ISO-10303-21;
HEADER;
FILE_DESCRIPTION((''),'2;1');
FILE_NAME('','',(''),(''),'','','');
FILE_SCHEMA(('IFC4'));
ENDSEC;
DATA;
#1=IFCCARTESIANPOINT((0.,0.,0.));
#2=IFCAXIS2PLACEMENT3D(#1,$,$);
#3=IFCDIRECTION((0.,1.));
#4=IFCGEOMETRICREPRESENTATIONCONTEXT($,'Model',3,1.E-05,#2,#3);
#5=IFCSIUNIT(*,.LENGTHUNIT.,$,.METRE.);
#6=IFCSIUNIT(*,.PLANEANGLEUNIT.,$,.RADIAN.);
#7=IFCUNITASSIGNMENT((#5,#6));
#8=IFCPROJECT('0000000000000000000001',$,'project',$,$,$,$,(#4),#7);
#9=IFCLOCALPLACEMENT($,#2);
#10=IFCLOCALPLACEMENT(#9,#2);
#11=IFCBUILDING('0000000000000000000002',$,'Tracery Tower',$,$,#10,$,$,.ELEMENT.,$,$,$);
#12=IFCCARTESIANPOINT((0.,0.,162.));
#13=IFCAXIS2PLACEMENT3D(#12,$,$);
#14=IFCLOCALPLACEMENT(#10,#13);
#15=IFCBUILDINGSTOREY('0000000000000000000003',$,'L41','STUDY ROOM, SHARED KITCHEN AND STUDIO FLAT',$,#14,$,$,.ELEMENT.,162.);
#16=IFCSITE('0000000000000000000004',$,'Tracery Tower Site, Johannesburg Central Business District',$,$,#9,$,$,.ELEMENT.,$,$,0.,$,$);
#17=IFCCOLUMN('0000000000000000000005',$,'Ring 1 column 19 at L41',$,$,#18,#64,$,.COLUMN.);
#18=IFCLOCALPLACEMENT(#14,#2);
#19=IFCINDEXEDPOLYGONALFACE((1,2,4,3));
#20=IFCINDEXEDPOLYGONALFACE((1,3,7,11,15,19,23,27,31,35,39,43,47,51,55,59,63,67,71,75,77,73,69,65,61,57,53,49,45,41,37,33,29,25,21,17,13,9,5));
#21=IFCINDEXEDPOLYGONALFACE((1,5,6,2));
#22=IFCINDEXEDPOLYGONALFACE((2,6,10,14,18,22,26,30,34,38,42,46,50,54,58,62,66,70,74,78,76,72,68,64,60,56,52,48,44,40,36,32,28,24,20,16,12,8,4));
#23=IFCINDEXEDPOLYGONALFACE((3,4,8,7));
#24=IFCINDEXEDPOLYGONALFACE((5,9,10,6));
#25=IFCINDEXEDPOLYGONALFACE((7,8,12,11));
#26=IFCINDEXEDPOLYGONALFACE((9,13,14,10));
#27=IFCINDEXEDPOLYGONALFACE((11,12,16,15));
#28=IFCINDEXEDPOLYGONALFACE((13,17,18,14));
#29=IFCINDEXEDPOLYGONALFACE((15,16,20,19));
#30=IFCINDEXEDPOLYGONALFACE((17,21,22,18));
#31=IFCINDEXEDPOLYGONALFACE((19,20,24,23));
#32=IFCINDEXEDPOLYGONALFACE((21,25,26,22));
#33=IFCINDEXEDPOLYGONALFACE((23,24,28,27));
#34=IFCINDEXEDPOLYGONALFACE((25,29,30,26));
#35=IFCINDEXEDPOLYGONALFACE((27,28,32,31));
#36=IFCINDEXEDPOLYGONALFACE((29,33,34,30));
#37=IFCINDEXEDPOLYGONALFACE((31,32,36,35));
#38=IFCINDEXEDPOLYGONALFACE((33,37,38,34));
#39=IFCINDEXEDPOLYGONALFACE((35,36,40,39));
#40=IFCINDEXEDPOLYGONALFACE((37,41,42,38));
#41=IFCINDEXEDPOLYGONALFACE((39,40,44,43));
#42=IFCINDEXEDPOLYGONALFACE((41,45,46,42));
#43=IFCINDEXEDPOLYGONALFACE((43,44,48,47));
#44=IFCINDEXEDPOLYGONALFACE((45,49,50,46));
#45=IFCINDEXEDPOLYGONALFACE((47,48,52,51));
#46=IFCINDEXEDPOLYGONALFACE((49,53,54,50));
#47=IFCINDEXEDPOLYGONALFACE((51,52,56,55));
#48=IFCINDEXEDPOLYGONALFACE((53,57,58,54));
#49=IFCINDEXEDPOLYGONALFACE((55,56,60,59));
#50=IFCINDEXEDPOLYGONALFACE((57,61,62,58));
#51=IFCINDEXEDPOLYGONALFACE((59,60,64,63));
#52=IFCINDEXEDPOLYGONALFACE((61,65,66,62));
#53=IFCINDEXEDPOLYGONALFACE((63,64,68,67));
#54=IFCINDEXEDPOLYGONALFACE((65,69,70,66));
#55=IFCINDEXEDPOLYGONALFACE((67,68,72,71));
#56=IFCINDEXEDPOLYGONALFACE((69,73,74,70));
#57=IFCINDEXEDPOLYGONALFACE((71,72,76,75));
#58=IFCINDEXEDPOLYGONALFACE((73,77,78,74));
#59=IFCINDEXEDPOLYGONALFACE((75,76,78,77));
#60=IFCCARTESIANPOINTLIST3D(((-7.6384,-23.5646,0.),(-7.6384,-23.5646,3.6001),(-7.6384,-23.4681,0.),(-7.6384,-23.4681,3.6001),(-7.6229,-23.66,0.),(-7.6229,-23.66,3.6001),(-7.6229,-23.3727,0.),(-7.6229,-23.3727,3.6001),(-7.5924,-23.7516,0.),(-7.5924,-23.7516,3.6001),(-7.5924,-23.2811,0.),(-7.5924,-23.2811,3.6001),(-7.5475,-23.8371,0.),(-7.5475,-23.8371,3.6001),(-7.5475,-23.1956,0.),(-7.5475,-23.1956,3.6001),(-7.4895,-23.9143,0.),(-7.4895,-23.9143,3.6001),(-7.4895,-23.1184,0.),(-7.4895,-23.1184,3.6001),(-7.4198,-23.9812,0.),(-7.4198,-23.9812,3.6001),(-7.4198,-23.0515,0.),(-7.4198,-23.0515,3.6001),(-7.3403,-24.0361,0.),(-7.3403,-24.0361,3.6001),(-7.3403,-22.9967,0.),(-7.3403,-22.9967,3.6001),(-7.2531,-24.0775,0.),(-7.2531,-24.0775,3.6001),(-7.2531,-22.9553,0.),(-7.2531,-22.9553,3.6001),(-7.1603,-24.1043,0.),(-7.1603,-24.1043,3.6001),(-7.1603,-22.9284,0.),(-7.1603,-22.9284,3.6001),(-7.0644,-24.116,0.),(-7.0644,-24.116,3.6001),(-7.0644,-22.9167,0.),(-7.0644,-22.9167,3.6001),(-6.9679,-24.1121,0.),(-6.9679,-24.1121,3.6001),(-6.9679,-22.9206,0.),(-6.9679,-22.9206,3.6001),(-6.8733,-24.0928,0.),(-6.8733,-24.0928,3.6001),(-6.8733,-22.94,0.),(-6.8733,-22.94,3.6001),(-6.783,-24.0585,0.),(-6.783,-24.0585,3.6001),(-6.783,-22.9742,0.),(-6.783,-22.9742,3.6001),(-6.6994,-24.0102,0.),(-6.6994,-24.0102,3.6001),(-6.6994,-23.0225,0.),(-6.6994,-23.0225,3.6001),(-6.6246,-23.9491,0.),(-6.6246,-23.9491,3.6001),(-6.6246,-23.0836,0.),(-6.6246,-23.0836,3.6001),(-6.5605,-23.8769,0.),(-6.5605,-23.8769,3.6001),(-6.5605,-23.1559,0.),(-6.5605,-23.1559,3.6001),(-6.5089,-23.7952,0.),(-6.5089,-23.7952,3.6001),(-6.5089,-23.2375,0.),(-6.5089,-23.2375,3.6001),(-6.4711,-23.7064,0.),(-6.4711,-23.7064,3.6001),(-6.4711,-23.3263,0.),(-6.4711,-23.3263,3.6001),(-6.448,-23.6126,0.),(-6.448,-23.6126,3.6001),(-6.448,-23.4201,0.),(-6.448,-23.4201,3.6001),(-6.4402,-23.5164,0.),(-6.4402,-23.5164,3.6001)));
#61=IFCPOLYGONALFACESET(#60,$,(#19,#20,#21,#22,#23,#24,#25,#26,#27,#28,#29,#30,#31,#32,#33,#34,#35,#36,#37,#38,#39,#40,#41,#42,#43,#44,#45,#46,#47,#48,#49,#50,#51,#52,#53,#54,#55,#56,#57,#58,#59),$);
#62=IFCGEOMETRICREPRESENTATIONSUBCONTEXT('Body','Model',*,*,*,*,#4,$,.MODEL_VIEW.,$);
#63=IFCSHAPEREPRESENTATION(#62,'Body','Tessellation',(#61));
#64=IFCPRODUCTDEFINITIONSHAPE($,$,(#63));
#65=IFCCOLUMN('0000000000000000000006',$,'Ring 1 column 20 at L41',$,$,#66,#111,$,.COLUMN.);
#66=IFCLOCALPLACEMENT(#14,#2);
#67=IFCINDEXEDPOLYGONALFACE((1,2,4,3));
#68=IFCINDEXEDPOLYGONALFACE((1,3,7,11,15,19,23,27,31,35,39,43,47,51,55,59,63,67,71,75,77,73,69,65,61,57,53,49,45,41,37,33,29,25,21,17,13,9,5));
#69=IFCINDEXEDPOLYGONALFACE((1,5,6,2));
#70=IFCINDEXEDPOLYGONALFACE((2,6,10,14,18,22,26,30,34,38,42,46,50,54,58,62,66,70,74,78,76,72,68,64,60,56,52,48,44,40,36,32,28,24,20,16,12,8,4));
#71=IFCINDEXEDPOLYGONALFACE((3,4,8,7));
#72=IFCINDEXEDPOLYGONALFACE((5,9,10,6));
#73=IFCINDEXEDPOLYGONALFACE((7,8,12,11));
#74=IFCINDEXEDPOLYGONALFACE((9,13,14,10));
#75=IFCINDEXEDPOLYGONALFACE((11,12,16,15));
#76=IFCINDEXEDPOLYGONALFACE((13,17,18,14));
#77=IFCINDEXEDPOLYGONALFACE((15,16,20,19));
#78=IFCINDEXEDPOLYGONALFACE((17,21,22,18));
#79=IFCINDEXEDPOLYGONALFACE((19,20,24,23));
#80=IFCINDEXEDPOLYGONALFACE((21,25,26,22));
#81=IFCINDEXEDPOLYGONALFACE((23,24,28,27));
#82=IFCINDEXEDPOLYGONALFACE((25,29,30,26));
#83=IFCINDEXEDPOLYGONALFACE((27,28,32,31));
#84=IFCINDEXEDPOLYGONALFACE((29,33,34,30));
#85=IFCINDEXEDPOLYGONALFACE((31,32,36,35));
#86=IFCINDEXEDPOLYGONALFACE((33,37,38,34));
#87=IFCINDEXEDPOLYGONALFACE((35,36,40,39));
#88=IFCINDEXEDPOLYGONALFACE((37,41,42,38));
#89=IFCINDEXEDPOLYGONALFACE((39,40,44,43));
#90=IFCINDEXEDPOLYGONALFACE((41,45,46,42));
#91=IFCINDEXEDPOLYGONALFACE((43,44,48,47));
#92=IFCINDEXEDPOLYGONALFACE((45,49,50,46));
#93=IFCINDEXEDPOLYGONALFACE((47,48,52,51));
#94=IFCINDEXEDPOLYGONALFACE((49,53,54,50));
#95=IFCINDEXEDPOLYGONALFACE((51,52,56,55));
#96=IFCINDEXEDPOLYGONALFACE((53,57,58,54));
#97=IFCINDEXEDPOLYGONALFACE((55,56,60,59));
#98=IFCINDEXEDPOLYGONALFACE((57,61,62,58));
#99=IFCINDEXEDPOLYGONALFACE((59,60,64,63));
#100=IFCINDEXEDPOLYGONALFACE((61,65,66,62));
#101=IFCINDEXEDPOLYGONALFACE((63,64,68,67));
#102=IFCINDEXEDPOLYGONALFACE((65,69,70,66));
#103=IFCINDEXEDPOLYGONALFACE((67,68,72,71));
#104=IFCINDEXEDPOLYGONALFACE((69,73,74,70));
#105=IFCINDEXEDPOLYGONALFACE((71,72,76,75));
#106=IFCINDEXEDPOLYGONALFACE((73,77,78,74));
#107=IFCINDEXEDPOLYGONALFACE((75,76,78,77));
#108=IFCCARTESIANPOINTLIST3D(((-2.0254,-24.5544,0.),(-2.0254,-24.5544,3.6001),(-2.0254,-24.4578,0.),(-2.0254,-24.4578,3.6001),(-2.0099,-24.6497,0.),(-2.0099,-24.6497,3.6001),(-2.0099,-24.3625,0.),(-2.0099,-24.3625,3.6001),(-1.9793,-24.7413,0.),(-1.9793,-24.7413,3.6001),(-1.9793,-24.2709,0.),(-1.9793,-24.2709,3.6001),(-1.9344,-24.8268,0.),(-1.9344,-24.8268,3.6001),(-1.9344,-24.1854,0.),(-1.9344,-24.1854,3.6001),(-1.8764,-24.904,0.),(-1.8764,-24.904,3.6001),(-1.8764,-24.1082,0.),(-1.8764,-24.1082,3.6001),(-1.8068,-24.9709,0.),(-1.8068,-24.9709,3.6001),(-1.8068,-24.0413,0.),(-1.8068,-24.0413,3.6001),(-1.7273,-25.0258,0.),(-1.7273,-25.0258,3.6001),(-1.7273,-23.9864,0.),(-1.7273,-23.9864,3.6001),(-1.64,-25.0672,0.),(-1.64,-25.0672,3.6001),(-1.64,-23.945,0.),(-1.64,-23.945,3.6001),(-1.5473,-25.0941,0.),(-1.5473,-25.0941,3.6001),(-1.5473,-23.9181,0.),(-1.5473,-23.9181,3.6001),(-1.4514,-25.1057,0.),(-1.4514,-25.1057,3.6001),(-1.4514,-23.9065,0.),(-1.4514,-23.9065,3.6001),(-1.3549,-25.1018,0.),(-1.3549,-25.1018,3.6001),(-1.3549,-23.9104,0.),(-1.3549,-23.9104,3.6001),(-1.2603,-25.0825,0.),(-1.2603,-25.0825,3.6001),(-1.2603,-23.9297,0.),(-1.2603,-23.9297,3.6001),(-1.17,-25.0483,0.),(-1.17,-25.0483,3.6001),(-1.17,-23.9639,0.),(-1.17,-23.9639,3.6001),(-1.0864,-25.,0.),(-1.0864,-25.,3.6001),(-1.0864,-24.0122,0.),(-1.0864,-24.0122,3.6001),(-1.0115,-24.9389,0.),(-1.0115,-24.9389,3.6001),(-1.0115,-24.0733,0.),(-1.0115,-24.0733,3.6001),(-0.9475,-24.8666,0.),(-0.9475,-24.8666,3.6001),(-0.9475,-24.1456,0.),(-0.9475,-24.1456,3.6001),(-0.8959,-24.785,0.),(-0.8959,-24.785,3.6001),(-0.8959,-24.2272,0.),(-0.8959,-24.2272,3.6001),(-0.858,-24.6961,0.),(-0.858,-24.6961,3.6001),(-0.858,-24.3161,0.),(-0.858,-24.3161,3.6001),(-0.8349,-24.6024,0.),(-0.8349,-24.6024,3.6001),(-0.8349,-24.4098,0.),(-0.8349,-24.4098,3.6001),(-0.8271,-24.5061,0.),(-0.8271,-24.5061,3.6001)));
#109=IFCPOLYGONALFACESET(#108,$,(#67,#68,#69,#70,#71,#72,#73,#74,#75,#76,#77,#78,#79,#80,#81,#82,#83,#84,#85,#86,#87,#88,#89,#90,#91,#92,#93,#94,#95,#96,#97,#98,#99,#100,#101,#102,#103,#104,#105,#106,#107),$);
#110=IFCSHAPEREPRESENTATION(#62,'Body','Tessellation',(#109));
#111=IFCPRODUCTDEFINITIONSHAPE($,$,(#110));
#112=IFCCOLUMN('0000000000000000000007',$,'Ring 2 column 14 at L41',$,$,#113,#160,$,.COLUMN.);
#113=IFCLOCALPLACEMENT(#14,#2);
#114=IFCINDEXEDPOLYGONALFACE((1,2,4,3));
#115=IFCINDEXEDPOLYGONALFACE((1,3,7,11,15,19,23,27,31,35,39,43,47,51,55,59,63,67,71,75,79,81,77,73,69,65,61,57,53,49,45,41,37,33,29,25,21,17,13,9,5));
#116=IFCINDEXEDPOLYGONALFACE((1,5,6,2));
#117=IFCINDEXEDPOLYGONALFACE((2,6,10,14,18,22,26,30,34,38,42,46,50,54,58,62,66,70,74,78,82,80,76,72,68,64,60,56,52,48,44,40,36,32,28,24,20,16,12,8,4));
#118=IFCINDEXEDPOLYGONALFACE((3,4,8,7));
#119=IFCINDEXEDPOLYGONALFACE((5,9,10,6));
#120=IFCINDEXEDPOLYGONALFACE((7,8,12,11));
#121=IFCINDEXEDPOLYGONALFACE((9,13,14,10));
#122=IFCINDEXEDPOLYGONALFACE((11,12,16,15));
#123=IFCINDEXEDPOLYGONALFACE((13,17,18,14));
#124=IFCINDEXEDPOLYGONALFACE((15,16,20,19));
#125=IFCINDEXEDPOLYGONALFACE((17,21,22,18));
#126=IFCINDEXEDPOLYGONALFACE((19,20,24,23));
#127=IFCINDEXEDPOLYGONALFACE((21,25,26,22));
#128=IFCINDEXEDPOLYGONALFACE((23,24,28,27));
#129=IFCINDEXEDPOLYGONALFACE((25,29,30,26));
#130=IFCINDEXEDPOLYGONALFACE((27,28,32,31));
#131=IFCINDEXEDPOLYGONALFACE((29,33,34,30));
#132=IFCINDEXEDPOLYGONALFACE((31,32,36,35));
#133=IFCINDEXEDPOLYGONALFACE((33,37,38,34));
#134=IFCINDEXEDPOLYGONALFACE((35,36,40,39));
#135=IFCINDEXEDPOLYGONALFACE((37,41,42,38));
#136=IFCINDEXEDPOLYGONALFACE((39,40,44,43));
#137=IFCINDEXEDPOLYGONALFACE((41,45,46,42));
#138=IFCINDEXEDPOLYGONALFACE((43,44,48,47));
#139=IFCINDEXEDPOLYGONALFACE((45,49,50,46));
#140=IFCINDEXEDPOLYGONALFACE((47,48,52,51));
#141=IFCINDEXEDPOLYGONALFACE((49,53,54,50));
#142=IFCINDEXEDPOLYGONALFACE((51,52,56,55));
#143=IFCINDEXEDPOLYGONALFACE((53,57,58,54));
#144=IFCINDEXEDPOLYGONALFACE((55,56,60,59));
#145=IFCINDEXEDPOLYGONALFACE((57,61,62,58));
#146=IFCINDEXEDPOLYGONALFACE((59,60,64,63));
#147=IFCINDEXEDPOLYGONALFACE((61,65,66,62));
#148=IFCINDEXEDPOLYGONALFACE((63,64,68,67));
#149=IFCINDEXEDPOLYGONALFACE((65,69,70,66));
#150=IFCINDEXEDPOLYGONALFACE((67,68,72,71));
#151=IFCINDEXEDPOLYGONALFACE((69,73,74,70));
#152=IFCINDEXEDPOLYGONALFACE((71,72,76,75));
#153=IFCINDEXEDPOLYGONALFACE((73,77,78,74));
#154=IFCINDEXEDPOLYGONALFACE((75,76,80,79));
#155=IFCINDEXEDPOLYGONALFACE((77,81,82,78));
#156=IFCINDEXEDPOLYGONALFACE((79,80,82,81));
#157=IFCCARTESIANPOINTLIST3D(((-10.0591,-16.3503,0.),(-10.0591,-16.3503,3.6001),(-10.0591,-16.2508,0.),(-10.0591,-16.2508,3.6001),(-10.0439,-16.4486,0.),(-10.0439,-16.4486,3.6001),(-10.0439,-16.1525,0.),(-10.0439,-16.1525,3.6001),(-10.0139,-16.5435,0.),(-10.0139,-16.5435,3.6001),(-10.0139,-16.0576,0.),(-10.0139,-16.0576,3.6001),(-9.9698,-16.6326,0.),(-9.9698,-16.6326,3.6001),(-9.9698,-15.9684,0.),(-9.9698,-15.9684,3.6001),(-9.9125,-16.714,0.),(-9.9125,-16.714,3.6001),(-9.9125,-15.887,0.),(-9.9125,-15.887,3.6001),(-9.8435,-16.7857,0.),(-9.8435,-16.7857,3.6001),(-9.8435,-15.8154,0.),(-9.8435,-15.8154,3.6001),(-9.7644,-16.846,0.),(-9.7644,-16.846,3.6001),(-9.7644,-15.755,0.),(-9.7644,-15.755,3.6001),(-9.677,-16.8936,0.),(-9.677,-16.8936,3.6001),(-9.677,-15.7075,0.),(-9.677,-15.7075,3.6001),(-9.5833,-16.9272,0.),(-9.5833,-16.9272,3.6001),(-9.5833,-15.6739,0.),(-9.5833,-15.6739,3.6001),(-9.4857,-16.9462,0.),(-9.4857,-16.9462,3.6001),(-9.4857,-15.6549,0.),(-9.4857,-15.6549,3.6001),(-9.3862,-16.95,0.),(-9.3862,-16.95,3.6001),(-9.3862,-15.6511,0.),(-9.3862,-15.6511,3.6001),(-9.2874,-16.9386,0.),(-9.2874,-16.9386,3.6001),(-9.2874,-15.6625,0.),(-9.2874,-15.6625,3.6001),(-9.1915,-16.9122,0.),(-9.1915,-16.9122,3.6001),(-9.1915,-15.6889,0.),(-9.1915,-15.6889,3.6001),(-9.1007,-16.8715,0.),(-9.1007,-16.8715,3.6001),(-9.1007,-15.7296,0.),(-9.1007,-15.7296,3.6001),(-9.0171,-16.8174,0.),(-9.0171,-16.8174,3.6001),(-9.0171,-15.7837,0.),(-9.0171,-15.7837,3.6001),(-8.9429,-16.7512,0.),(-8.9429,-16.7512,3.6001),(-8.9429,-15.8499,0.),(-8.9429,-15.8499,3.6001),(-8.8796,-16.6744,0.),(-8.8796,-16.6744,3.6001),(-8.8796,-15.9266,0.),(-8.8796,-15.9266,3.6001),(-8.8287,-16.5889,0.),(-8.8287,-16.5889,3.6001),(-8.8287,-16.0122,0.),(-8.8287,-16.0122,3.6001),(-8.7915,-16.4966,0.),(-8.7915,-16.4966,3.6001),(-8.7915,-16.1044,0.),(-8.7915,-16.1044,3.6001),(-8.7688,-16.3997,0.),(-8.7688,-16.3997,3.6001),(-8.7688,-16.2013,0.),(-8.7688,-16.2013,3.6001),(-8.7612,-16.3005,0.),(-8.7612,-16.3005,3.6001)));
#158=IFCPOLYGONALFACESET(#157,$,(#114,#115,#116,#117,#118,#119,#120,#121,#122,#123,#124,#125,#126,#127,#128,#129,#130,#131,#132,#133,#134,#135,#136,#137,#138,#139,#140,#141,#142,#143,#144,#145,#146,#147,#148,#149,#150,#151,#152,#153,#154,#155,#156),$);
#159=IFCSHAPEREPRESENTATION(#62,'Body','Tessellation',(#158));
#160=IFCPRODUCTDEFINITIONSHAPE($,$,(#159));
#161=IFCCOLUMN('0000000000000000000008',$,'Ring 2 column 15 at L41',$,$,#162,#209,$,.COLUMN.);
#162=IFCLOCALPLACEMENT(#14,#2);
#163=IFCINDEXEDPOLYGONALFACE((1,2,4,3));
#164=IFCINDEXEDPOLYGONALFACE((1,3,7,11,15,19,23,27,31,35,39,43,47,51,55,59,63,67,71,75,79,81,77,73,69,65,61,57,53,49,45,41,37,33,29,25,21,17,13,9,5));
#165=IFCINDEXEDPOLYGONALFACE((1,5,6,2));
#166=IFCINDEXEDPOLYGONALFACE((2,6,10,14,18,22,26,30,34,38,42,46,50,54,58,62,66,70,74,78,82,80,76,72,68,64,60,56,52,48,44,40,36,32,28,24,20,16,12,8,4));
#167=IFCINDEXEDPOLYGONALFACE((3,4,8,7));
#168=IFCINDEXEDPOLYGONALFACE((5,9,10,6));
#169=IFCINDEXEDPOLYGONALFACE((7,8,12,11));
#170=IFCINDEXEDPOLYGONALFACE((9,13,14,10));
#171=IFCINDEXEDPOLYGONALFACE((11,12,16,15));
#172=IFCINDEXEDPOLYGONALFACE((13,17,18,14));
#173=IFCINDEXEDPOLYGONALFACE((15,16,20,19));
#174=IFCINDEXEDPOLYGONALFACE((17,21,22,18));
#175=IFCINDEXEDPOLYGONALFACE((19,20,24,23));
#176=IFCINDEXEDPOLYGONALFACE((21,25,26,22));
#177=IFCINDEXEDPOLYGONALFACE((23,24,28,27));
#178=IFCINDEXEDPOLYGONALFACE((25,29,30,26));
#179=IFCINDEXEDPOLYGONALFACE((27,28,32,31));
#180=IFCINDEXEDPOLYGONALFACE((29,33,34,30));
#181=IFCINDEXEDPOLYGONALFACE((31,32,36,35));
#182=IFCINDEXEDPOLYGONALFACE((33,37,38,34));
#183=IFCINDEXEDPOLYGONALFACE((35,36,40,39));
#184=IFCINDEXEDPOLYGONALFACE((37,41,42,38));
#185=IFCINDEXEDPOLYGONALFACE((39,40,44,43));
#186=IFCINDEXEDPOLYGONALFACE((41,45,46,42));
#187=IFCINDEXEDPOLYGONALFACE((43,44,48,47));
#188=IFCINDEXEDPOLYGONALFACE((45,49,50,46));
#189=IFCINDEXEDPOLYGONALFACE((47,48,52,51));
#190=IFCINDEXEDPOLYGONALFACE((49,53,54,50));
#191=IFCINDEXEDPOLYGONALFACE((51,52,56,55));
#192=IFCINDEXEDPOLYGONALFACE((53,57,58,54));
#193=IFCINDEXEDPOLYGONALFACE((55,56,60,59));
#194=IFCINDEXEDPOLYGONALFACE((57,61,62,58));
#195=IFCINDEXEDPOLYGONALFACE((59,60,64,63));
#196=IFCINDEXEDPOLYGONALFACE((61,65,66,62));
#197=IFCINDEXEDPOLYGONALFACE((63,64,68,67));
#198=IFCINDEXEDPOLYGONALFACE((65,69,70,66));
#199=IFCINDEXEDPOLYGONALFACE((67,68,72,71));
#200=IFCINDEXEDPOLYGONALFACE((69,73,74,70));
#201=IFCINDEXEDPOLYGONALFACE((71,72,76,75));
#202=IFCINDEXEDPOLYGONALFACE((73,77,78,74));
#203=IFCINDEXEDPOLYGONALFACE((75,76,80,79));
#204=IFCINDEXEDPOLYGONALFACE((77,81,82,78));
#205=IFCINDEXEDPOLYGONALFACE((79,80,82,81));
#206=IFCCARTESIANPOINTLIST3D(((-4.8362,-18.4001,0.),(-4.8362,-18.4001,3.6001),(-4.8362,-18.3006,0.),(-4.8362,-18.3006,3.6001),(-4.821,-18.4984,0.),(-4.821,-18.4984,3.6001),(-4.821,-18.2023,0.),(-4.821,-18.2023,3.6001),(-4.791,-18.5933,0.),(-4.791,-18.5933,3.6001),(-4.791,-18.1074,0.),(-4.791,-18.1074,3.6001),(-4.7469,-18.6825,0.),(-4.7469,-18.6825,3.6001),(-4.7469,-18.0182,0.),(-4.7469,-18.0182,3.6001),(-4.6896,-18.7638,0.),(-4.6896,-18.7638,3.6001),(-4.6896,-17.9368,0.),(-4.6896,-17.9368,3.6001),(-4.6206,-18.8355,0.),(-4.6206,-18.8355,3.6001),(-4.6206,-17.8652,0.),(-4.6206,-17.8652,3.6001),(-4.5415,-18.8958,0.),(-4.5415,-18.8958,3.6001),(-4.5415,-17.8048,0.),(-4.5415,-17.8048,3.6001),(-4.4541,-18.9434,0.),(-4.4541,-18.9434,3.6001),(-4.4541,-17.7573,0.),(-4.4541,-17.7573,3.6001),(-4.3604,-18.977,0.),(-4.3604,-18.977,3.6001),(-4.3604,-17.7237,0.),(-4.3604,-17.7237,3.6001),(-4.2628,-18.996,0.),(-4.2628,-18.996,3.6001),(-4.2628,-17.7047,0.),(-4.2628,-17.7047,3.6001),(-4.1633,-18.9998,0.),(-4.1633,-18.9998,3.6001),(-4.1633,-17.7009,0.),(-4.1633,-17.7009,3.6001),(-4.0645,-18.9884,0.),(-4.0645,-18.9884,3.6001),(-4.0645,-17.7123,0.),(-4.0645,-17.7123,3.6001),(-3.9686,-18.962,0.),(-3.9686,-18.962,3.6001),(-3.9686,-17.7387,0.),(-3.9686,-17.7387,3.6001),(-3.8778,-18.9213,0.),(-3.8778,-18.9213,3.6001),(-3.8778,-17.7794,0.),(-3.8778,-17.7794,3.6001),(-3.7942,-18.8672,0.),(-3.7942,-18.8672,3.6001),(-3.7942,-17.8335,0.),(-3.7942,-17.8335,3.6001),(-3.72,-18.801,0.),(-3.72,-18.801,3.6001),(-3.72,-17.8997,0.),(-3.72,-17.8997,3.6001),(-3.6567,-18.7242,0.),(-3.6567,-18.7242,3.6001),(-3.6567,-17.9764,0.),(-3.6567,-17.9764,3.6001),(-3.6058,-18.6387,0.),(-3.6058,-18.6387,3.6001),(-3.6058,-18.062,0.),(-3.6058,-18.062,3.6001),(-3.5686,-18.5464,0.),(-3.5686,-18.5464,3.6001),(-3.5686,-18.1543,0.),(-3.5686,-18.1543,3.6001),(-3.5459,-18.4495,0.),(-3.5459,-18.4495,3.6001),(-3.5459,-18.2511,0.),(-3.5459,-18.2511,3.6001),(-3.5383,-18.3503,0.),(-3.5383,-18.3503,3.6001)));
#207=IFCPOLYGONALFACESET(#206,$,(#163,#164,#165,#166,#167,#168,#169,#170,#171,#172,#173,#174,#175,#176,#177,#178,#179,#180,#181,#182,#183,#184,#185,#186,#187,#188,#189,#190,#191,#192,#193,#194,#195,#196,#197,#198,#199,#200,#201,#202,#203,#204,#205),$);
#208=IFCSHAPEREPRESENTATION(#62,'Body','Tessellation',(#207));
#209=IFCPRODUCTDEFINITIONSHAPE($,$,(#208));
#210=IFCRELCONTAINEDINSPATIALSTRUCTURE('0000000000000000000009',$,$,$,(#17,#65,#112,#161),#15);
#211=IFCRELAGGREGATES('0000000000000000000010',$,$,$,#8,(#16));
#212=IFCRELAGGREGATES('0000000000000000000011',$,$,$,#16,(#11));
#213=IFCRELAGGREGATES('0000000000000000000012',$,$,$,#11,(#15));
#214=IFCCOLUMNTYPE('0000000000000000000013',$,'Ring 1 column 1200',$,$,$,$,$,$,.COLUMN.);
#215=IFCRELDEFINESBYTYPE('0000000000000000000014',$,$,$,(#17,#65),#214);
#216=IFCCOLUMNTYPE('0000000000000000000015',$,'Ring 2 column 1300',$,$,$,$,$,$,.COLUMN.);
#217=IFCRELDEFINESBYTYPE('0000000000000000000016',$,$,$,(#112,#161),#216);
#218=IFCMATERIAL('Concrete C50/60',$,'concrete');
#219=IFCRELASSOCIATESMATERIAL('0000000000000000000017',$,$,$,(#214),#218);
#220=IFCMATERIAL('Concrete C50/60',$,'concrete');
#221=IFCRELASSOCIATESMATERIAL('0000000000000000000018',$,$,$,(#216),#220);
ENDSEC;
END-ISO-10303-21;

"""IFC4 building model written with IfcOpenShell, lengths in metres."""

from ifc_helpers import new_model, si_unit, direction, frame, origin, origin_2d, place, context, subcontext, project, spatial, circle, extrude, material, material_profile, profile_set, type_object, element, save


model = new_model("IFC4")

# Units and contexts
model_context = context("Model", 3, precision=1e-05, world=origin(), true_north=direction((0.0, 1.0)))
body_context = subcontext(model_context, "Body", "Model", "MODEL_VIEW")
ifc_project = project(units=[si_unit("LENGTHUNIT", "METRE"), si_unit("PLANEANGLEUNIT", "RADIAN")], contexts=[model_context])

# Site, building, storey
site_placement = place(None, origin())
site = spatial("IfcSite", under=ifc_project, at=site_placement, Name="Tracery Tower Site, Johannesburg Central Business District", CompositionType="ELEMENT", RefElevation=0.0)
building_placement = place(site_placement, origin())
building = spatial("IfcBuilding", under=site, at=building_placement, Name="Tracery Tower", CompositionType="ELEMENT")
storey_placement = place(building_placement, frame((0.0, 0.0, 162.0)))
storey = spatial("IfcBuildingStorey", under=building, at=storey_placement, Name="L41", Description="STUDY ROOM, SHARED KITCHEN AND STUDIO FLAT", CompositionType="ELEMENT", Elevation=162.0)

# Columns
ifc_material_1 = material(Name="Concrete C50/60", Category="concrete")
ifc_material_profile_1 = material_profile(ifc_material_1, circle(Radius=0.6001, at=origin_2d()), Name="RC D1200")
ifc_profile_set_1 = profile_set([ifc_material_profile_1], Name="Concrete C50/60")
column_type_1 = type_object("IfcColumnType", Name="Ring 1 column 1200", PredefinedType="COLUMN", material=ifc_profile_set_1)
for number, where, z_axis, x_axis, name in (
    (1, (-7.0403, -23.5164, 0.0), (0.0, 0.0, 1.0), (1.0, 0.0, 0.0), "Ring 1 column 19 at L41"),
    (2, (-1.4272, -24.5061, 0.0), (0.0, 0.0, 1.0), (1.0, 0.0, 0.0), "Ring 1 column 20 at L41"),
):
    element("IfcColumn", number, at=place(storey_placement, frame(where, z_axis=z_axis, x_axis=x_axis)), inside=storey, type_object=column_type_1, Name=name, PredefinedType="COLUMN", context=body_context, shape_type="SweptSolid", body=[
        extrude(circle(Radius=0.6001, at=origin_2d()), origin(), (0.0, 0.0, 1.0), 3.6001),
    ])
ifc_material_2 = material(Name="Concrete C50/60", Category="concrete")
ifc_material_profile_2 = material_profile(ifc_material_2, circle(Radius=0.6499, at=origin_2d()), Name="RC D1300")
ifc_profile_set_2 = profile_set([ifc_material_profile_2], Name="Concrete C50/60")
column_type_2 = type_object("IfcColumnType", Name="Ring 2 column 1300", PredefinedType="COLUMN", material=ifc_profile_set_2)
for number, where, z_axis, x_axis, name in (
    (3, (-9.4111, -16.3005, 0.0), (0.0, 0.0, 1.0), (1.0, 0.0, 0.0), "Ring 2 column 14 at L41"),
    (4, (-4.1882, -18.3503, 0.0), (0.0, 0.0, 1.0), (1.0, 0.0, 0.0), "Ring 2 column 15 at L41"),
):
    element("IfcColumn", number, at=place(storey_placement, frame(where, z_axis=z_axis, x_axis=x_axis)), inside=storey, type_object=column_type_2, Name=name, PredefinedType="COLUMN", context=body_context, shape_type="SweptSolid", body=[
        extrude(circle(Radius=0.6499, at=origin_2d()), origin(), (0.0, 0.0, 1.0), 3.6001),
    ])

save(model, "model.ifc")
